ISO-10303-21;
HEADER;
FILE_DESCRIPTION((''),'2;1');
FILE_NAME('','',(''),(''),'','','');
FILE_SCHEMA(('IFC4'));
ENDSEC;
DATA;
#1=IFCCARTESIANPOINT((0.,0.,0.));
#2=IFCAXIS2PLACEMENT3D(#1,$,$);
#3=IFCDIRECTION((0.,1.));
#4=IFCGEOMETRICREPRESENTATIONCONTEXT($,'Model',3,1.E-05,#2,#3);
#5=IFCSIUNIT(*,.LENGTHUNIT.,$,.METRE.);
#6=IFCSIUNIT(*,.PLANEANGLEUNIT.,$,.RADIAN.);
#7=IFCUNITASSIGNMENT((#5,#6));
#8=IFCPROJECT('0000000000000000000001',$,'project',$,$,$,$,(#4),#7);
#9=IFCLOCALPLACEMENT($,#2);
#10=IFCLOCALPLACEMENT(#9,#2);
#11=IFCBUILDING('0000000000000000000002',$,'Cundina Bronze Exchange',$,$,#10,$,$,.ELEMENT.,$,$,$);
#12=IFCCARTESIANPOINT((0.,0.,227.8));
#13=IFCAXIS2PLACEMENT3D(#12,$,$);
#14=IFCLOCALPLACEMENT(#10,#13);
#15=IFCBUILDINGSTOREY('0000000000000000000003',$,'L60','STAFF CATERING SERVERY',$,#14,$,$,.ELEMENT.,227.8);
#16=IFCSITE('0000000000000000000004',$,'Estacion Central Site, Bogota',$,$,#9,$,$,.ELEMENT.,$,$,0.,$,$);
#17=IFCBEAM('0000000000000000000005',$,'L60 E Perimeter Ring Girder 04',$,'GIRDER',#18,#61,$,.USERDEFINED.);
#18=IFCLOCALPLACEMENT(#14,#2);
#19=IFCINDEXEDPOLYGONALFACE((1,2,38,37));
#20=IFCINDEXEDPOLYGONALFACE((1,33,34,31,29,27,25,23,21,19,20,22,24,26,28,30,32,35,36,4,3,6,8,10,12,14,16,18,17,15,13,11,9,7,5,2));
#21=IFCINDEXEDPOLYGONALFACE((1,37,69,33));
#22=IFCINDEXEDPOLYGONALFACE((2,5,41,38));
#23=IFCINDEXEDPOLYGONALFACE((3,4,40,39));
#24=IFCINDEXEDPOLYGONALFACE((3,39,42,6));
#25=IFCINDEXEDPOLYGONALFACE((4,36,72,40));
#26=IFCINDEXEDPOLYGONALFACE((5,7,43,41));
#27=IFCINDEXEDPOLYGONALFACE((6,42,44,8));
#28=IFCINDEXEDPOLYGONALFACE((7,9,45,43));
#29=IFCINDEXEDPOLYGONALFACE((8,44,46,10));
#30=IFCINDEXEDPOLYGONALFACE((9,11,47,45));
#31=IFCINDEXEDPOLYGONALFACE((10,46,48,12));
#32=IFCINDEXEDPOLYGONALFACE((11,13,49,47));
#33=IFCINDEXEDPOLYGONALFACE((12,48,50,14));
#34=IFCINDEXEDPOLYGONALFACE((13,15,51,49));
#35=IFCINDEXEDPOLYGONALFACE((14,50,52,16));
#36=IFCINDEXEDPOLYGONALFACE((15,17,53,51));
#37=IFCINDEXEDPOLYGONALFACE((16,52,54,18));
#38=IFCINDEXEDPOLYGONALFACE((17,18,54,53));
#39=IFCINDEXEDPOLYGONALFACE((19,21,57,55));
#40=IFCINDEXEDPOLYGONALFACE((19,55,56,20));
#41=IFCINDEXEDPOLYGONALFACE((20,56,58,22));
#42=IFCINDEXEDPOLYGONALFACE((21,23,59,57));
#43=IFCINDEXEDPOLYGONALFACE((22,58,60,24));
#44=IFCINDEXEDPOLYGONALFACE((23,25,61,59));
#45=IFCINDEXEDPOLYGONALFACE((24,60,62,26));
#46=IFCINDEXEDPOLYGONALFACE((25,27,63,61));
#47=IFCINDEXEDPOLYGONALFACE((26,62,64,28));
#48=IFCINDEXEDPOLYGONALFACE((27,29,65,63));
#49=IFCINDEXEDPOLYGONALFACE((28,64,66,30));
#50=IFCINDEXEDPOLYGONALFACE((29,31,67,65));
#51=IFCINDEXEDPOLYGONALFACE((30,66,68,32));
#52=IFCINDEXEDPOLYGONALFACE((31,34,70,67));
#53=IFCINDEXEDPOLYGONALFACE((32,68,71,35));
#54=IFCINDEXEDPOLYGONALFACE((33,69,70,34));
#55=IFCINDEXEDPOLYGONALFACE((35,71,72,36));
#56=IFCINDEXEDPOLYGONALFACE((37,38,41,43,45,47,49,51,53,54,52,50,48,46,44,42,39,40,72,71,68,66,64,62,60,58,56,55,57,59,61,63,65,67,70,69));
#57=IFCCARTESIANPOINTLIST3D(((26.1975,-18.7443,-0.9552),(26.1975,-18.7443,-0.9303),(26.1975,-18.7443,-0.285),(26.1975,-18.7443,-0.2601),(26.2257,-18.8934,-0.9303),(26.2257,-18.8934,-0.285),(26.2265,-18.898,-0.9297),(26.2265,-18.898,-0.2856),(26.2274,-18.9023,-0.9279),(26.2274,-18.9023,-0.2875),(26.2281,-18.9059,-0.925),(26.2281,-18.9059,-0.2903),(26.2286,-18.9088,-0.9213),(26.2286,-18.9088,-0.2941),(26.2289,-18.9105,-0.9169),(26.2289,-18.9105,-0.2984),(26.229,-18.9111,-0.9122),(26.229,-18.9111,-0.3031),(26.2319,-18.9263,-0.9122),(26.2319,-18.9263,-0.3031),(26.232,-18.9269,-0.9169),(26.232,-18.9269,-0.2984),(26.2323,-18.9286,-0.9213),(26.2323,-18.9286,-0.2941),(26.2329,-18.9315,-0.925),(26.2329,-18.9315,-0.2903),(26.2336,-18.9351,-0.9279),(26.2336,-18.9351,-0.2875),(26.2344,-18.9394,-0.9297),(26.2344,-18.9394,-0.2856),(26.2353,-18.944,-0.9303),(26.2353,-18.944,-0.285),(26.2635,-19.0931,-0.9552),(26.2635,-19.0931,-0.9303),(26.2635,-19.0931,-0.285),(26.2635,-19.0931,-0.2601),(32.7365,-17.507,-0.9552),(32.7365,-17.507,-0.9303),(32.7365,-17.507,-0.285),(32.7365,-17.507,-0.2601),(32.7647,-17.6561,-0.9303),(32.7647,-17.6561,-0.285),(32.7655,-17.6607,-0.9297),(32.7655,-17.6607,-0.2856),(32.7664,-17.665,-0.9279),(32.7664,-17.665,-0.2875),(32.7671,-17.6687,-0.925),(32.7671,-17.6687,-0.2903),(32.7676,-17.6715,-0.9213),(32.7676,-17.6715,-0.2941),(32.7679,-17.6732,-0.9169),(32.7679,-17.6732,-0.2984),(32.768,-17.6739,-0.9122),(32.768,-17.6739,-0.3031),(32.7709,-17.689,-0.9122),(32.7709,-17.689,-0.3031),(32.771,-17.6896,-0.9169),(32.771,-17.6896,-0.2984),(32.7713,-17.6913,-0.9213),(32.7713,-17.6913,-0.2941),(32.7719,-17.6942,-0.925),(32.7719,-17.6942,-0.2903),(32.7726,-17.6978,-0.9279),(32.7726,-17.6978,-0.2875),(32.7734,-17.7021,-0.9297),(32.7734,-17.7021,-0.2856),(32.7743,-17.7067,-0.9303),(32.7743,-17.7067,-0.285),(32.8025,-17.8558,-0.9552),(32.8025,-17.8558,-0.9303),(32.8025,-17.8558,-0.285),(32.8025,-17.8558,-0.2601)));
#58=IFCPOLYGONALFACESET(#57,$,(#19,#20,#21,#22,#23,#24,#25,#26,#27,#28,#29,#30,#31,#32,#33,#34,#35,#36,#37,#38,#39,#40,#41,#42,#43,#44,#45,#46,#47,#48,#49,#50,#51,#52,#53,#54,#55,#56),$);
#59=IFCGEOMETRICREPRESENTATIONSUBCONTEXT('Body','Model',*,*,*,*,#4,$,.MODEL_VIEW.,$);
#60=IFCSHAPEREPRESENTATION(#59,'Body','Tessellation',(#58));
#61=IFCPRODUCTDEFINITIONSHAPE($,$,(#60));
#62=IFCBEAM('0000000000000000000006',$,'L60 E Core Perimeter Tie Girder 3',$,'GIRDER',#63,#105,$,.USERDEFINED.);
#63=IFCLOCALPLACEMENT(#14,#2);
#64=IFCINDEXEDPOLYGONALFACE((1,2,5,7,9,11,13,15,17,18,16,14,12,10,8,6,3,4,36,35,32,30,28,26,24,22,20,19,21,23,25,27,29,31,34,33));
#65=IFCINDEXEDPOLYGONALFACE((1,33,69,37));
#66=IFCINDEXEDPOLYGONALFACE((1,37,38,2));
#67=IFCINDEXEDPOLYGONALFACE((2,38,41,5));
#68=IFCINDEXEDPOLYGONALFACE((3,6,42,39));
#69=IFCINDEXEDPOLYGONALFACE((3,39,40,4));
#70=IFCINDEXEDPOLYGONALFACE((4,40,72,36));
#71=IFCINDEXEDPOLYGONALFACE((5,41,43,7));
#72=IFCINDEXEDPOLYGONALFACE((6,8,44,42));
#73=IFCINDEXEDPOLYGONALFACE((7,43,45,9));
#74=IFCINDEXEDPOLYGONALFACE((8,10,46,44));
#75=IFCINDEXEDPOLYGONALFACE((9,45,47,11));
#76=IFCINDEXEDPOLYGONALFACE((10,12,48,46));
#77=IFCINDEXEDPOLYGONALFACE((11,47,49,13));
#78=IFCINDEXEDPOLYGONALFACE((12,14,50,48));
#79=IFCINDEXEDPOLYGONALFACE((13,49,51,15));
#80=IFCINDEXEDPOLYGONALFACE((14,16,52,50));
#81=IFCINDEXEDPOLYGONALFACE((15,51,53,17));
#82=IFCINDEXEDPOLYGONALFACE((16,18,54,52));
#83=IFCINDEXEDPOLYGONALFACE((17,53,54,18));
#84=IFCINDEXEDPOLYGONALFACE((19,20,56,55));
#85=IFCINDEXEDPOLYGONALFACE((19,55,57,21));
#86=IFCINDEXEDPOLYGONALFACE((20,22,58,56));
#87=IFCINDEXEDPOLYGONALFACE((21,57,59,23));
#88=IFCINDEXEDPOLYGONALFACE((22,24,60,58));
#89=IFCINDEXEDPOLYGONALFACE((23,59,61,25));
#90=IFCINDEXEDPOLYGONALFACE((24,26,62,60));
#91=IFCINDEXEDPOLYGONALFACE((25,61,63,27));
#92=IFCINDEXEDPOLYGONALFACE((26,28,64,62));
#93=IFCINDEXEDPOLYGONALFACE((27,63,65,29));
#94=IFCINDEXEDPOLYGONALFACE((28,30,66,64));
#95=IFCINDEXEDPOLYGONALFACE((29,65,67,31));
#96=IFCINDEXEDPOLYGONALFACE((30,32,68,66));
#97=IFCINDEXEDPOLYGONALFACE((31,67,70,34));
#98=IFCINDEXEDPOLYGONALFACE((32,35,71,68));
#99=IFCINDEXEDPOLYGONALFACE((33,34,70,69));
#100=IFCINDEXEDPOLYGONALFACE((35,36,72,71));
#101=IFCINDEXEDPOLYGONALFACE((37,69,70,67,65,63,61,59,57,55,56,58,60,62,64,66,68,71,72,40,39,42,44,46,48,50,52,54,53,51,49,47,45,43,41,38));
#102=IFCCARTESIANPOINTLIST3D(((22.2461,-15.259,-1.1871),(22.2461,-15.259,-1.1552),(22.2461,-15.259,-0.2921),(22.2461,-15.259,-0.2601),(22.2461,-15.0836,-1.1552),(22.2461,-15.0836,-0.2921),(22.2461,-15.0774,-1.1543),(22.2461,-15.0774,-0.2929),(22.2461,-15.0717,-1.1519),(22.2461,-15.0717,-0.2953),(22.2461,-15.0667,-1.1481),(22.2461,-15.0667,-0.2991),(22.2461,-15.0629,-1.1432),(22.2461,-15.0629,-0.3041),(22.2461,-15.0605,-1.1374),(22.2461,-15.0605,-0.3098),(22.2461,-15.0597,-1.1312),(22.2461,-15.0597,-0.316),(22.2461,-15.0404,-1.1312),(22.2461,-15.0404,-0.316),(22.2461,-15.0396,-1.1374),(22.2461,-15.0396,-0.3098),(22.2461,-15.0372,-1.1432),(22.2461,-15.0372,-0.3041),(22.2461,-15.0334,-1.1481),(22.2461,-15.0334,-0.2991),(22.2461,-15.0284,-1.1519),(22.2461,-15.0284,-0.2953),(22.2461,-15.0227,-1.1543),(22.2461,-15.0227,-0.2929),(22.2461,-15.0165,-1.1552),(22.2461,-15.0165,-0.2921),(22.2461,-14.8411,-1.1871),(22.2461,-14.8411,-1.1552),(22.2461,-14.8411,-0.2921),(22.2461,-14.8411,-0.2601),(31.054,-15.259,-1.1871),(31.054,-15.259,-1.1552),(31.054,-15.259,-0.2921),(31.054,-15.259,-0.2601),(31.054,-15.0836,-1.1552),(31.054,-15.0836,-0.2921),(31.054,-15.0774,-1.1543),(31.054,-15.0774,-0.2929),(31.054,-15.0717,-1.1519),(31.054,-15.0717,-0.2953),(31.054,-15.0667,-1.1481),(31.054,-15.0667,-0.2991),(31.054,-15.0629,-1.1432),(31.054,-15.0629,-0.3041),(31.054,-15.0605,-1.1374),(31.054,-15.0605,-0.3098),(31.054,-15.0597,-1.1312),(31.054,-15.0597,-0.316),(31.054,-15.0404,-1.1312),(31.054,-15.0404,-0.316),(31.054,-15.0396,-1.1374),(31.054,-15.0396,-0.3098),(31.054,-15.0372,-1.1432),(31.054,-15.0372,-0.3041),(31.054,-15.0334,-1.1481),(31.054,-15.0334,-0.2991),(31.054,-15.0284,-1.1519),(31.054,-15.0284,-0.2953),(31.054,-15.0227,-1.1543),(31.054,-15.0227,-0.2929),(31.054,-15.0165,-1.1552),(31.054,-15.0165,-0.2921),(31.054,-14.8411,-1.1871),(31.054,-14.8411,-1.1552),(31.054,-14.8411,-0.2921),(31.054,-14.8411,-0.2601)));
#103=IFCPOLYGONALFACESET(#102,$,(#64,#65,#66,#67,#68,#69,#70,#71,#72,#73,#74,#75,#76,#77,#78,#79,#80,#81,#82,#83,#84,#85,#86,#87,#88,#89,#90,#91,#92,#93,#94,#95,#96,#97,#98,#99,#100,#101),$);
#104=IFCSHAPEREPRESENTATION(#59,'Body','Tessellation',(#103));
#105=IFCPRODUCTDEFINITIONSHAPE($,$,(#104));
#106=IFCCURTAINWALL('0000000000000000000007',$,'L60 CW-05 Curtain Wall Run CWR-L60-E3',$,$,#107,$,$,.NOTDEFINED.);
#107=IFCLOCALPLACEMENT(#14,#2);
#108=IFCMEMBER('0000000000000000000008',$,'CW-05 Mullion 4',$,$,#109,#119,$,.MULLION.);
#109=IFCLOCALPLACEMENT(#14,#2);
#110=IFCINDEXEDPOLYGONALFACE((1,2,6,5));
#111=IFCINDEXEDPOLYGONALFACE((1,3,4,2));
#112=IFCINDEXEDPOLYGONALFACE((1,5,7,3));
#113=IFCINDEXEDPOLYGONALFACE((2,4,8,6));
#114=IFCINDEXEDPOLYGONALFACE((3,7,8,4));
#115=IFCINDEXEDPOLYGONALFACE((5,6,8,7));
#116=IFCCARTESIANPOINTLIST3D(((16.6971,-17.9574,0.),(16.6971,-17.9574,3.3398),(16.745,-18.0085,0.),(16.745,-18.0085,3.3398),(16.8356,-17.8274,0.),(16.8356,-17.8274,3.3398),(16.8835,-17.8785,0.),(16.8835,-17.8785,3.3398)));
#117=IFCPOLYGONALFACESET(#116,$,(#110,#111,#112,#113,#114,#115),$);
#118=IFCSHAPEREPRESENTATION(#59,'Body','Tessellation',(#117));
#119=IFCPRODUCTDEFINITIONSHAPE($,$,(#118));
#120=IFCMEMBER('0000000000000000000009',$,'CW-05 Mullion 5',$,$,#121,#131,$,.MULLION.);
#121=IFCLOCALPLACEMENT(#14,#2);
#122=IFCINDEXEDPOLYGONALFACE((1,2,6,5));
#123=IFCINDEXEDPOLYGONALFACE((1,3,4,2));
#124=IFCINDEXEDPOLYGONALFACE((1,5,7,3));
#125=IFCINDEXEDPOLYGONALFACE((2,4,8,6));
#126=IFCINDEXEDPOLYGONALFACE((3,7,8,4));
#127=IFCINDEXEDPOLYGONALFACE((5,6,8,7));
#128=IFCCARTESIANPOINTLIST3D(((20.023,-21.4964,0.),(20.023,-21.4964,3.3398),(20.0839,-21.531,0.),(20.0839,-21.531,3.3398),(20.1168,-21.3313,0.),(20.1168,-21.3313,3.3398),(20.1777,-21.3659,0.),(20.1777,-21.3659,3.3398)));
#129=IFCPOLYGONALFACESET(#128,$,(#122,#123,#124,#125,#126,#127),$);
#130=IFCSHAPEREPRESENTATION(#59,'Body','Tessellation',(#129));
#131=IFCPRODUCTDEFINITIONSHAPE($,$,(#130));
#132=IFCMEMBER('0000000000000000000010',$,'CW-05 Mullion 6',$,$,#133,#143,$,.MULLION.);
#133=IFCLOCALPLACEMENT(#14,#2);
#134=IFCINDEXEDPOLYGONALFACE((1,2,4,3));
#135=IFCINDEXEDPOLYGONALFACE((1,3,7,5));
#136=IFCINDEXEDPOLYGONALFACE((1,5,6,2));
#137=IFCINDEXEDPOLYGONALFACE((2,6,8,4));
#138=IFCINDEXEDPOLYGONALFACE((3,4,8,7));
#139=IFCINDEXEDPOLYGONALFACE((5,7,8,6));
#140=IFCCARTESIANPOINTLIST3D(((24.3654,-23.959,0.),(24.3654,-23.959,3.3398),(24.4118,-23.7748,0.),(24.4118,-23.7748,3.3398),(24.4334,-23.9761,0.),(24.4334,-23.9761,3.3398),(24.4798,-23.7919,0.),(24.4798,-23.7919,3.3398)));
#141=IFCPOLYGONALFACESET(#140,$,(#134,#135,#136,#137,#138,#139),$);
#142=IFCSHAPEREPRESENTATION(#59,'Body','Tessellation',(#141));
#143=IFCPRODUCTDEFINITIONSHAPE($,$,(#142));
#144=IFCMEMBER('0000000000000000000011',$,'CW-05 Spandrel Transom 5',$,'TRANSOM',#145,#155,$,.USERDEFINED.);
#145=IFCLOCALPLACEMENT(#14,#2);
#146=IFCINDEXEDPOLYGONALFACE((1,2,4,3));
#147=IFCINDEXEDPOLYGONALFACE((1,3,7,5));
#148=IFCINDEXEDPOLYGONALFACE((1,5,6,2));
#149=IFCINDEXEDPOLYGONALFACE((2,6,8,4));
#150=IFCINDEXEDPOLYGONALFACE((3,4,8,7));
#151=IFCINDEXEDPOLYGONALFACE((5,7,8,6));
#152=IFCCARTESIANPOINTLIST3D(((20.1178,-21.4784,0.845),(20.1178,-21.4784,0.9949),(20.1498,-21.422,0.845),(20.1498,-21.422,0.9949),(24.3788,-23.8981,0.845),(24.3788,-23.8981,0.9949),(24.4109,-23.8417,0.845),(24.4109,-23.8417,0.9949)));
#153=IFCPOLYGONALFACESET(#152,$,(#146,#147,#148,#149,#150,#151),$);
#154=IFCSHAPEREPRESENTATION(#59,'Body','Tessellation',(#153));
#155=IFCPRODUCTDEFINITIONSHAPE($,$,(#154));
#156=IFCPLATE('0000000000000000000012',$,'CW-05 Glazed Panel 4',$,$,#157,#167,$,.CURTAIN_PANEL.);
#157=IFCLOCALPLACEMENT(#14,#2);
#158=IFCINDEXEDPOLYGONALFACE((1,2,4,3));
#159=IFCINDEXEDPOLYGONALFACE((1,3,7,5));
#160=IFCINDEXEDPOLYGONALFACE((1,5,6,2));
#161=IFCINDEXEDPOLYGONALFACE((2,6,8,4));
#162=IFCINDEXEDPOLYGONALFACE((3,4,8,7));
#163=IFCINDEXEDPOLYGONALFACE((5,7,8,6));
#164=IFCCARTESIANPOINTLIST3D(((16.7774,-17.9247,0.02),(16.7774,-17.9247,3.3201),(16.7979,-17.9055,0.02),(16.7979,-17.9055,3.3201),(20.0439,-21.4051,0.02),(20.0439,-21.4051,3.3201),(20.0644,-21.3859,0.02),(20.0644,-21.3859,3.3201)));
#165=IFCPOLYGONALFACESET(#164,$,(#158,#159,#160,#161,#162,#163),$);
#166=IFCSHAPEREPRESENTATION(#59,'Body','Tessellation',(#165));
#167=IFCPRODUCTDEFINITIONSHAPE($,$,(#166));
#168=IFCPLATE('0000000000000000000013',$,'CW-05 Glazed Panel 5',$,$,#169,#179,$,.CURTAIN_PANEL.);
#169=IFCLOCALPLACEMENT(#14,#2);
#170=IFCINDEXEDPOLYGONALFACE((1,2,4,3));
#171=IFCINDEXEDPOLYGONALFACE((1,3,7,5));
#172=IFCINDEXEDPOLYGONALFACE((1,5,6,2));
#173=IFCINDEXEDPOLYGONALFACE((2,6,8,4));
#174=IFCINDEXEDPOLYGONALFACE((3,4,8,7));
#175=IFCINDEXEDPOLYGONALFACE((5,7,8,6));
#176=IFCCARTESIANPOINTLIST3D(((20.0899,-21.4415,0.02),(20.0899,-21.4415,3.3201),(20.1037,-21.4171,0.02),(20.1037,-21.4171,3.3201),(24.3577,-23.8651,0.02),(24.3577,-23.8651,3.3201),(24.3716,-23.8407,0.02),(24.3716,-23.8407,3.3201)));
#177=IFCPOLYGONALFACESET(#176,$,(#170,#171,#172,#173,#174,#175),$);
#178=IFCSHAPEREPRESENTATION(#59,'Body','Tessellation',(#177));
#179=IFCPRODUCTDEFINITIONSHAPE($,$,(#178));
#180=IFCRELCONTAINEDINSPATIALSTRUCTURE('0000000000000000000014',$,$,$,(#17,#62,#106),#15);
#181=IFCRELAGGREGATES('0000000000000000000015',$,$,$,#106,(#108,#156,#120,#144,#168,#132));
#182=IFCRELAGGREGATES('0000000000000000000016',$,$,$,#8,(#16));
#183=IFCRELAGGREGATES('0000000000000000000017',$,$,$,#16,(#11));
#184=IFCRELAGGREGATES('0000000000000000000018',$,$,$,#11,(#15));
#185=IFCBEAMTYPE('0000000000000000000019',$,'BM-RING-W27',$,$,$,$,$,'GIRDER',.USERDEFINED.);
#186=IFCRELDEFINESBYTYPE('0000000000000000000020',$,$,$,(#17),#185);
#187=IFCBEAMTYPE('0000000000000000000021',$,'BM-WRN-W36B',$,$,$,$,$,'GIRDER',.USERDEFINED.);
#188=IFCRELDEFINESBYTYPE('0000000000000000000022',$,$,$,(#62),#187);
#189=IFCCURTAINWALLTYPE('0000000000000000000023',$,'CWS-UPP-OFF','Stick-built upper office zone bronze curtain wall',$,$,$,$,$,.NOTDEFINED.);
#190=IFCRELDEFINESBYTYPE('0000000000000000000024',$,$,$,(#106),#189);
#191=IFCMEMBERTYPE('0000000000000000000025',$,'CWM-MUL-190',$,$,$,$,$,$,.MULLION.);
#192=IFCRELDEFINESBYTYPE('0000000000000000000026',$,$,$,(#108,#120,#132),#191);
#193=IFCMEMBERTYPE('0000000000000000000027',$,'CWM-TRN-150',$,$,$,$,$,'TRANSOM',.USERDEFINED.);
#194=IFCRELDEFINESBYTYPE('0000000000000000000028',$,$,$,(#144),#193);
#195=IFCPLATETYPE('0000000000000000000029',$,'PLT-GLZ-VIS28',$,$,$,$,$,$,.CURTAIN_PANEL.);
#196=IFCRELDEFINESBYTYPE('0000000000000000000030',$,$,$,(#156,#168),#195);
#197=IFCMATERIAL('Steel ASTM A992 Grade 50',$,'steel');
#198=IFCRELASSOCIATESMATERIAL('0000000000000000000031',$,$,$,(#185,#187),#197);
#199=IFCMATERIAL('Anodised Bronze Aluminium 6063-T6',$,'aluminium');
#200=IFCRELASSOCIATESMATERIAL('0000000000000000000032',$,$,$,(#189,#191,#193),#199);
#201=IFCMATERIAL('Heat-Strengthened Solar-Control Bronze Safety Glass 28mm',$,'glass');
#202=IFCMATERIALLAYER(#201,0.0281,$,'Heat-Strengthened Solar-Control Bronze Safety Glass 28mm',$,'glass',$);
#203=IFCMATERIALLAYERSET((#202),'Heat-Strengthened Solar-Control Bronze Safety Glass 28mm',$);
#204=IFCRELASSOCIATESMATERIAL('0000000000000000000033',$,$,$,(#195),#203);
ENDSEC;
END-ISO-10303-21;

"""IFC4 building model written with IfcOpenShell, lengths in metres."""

from ifc_helpers import new_model, si_unit, direction, frame, origin, origin_2d, place, context, subcontext, project, spatial, rectangle, i_section, extrude, material, layer, layer_set, material_profile, profile_set, type_object, element, aggregate, save


model = new_model("IFC4")

# Units and contexts
model_context = context("Model", 3, precision=1e-05, world=origin(), true_north=direction((0.0, 1.0)))
body_context = subcontext(model_context, "Body", "Model", "MODEL_VIEW")
ifc_project = project(units=[si_unit("LENGTHUNIT", "METRE"), si_unit("PLANEANGLEUNIT", "RADIAN")], contexts=[model_context])

# Site, building, storey
site_placement = place(None, origin())
site = spatial("IfcSite", under=ifc_project, at=site_placement, Name="Estacion Central Site, Bogota", CompositionType="ELEMENT", RefElevation=0.0)
building_placement = place(site_placement, origin())
building = spatial("IfcBuilding", under=site, at=building_placement, Name="Cundina Bronze Exchange", CompositionType="ELEMENT")
storey_placement = place(building_placement, frame((0.0, 0.0, 227.8)))
storey = spatial("IfcBuildingStorey", under=building, at=storey_placement, Name="L60", Description="STAFF CATERING SERVERY", CompositionType="ELEMENT", Elevation=227.8)

# Shared definitions
ifc_material_1 = material(Name="Steel ASTM A992 Grade 50", Category="steel")

# Beams
ifc_material_profile_1 = material_profile(ifc_material_1, i_section(OverallWidth=0.355, OverallDepth=0.6951, WebThickness=0.0154, FlangeThickness=0.0249, FilletRadius=0.0181, at=origin_2d()), Name="W27X146", Category="steel")
ifc_profile_set_1 = profile_set([ifc_material_profile_1], Name="Steel ASTM A992 Grade 50")
beam_type_1 = type_object("IfcBeamType", Name="BM-RING-W27", ElementType="GIRDER", PredefinedType="USERDEFINED", material=ifc_profile_set_1)
beam_1_placement = place(storey_placement, frame((26.2305, -18.9187, -0.6077), z_axis=(0.982565, 0.185918, 0.0), x_axis=(-0.185918, 0.982565, 0.0)))
element("IfcBeam", 1, at=beam_1_placement, inside=storey, type_object=beam_type_1, Name="L60 E Perimeter Ring Girder 04", ObjectType="GIRDER", PredefinedType="USERDEFINED", context=body_context, shape_type="SweptSolid", body=[
    extrude(i_section(OverallWidth=0.355, OverallDepth=0.6951, WebThickness=0.0154, FlangeThickness=0.0249, FilletRadius=0.0181, at=origin_2d()), origin(), (0.0, 0.0, 1.0), 6.655),
])
ifc_material_profile_2 = material_profile(ifc_material_1, i_section(OverallWidth=0.418, OverallDepth=0.927, WebThickness=0.0193, FlangeThickness=0.032, FilletRadius=0.0239, at=origin_2d()), Name="W36X231", Category="steel")
ifc_profile_set_2 = profile_set([ifc_material_profile_2], Name="Steel ASTM A992 Grade 50")
beam_type_2 = type_object("IfcBeamType", Name="BM-WRN-W36B", ElementType="GIRDER", PredefinedType="USERDEFINED", material=ifc_profile_set_2)
beam_2_placement = place(storey_placement, frame((22.2461, -15.05, -0.7236), z_axis=(1.0, 0.0, 0.0), x_axis=(0.0, 1.0, 0.0)))
element("IfcBeam", 2, at=beam_2_placement, inside=storey, type_object=beam_type_2, Name="L60 E Core Perimeter Tie Girder 3", ObjectType="GIRDER", PredefinedType="USERDEFINED", context=body_context, shape_type="SweptSolid", body=[
    extrude(i_section(OverallWidth=0.418, OverallDepth=0.927, WebThickness=0.0193, FlangeThickness=0.032, FilletRadius=0.0239, at=origin_2d()), origin(), (0.0, 0.0, 1.0), 8.8079),
])

# Curtain wall, members, plates
ifc_material_2 = material(Name="Anodised Bronze Aluminium 6063-T6", Category="aluminium")
curtain_wall_type = type_object("IfcCurtainWallType", Name="CWS-UPP-OFF", Description="Stick-built upper office zone bronze curtain wall", PredefinedType="NOTDEFINED", material=ifc_material_2)
curtain_wall_placement = place(storey_placement, origin())
curtain_wall = element("IfcCurtainWall", 3, at=curtain_wall_placement, inside=storey, type_object=curtain_wall_type, Name="L60 CW-05 Curtain Wall Run CWR-L60-E3", PredefinedType="NOTDEFINED")
ifc_material_profile_3 = material_profile(ifc_material_2, rectangle(XDim=0.0701, YDim=0.1899, at=origin_2d()), Name="AL70X190", Category="aluminium")
ifc_profile_set_3 = profile_set([ifc_material_profile_3], Name="Anodised Bronze Aluminium 6063-T6")
member_type_1 = type_object("IfcMemberType", Name="CWM-MUL-190", PredefinedType="MULLION", material=ifc_profile_set_3)
member_1_placement = place(storey_placement, frame((16.7903, -17.918, 0.0), z_axis=(0.0, 0.0, 1.0), x_axis=(0.684293, -0.729208, 0.0)))
member_1 = element("IfcMember", 4, at=member_1_placement, type_object=member_type_1, Name="CW-05 Mullion 4", PredefinedType="MULLION", context=body_context, shape_type="SweptSolid", body=[
    extrude(rectangle(XDim=0.0701, YDim=0.1899, at=origin_2d()), origin(), (0.0, 0.0, 1.0), 3.3398),
])
member_2_placement = place(storey_placement, frame((20.1003, -21.4312, 0.0), z_axis=(0.0, 0.0, 1.0), x_axis=(0.869581, -0.49379, 0.0)))
member_2 = element("IfcMember", 5, at=member_2_placement, type_object=member_type_1, Name="CW-05 Mullion 5", PredefinedType="MULLION", context=body_context, shape_type="SweptSolid", body=[
    extrude(rectangle(XDim=0.0701, YDim=0.1899, at=origin_2d()), origin(), (0.0, 0.0, 1.0), 3.3398),
])
member_3_placement = place(storey_placement, frame((24.4226, -23.8755, 0.0), z_axis=(0.0, 0.0, 1.0), x_axis=(0.969744, -0.244123, 0.0)))
member_3 = element("IfcMember", 6, at=member_3_placement, type_object=member_type_1, Name="CW-05 Mullion 6", PredefinedType="MULLION", context=body_context, shape_type="SweptSolid", body=[
    extrude(rectangle(XDim=0.0701, YDim=0.1899, at=origin_2d()), origin(), (0.0, 0.0, 1.0), 3.3398),
])
ifc_material_profile_4 = material_profile(ifc_material_2, rectangle(XDim=0.0649, YDim=0.1499, at=origin_2d()), Name="AL65X150", Category="aluminium")
ifc_profile_set_4 = profile_set([ifc_material_profile_4], Name="Anodised Bronze Aluminium 6063-T6")
member_type_2 = type_object("IfcMemberType", Name="CWM-TRN-150", ElementType="TRANSOM", PredefinedType="USERDEFINED", material=ifc_profile_set_4)
member_4_placement = place(storey_placement, frame((20.1338, -21.4502, 0.9199), z_axis=(0.869574, -0.493803, 0.0), x_axis=(0.493803, 0.869574, 0.0)))
member_4 = element("IfcMember", 7, at=member_4_placement, type_object=member_type_2, Name="CW-05 Spandrel Transom 5", ObjectType="TRANSOM", PredefinedType="USERDEFINED", context=body_context, shape_type="SweptSolid", body=[
    extrude(rectangle(XDim=0.0649, YDim=0.1499, at=origin_2d()), origin(), (0.0, 0.0, 1.0), 4.9001),
])
ifc_material_3 = material(Name="Heat-Strengthened Solar-Control Bronze Safety Glass 28mm", Category="glass")
ifc_layer_1 = layer(ifc_material_3, 0.0281, Name="Heat-Strengthened Solar-Control Bronze Safety Glass 28mm", Category="glass")
ifc_layer_set_1 = layer_set([ifc_layer_1], Name="Heat-Strengthened Solar-Control Bronze Safety Glass 28mm")
plate_type_1 = type_object("IfcPlateType", Name="PLT-GLZ-VIS28", PredefinedType="CURTAIN_PANEL", material=ifc_layer_set_1)
plate_1_placement = place(storey_placement, frame((18.4209, -19.6553, 0.02), z_axis=(0.0, 0.0, 1.0), x_axis=(0.684344, -0.72916, 0.0)))
plate_1 = element("IfcPlate", 8, at=plate_1_placement, type_object=plate_type_1, Name="CW-05 Glazed Panel 4", PredefinedType="CURTAIN_PANEL", context=body_context, shape_type="SweptSolid", body=[
    extrude(rectangle(XDim=4.7732, YDim=0.0281, at=origin_2d()), origin(), (0.0, 0.0, 1.0), 3.3),
])
plate_2_placement = place(storey_placement, frame((22.2307, -22.6411, 0.02), z_axis=(0.0, 0.0, 1.0), x_axis=(0.869573, -0.493805, 0.0)))
plate_2 = element("IfcPlate", 9, at=plate_2_placement, type_object=plate_type_1, Name="CW-05 Glazed Panel 5", PredefinedType="CURTAIN_PANEL", context=body_context, shape_type="SweptSolid", body=[
    extrude(rectangle(XDim=4.908, YDim=0.0281, at=origin_2d()), origin(), (0.0, 0.0, 1.0), 3.3),
])
aggregate(curtain_wall, [member_1, plate_1, member_2, member_4, plate_2, member_3])

save(model, "model.ifc")
